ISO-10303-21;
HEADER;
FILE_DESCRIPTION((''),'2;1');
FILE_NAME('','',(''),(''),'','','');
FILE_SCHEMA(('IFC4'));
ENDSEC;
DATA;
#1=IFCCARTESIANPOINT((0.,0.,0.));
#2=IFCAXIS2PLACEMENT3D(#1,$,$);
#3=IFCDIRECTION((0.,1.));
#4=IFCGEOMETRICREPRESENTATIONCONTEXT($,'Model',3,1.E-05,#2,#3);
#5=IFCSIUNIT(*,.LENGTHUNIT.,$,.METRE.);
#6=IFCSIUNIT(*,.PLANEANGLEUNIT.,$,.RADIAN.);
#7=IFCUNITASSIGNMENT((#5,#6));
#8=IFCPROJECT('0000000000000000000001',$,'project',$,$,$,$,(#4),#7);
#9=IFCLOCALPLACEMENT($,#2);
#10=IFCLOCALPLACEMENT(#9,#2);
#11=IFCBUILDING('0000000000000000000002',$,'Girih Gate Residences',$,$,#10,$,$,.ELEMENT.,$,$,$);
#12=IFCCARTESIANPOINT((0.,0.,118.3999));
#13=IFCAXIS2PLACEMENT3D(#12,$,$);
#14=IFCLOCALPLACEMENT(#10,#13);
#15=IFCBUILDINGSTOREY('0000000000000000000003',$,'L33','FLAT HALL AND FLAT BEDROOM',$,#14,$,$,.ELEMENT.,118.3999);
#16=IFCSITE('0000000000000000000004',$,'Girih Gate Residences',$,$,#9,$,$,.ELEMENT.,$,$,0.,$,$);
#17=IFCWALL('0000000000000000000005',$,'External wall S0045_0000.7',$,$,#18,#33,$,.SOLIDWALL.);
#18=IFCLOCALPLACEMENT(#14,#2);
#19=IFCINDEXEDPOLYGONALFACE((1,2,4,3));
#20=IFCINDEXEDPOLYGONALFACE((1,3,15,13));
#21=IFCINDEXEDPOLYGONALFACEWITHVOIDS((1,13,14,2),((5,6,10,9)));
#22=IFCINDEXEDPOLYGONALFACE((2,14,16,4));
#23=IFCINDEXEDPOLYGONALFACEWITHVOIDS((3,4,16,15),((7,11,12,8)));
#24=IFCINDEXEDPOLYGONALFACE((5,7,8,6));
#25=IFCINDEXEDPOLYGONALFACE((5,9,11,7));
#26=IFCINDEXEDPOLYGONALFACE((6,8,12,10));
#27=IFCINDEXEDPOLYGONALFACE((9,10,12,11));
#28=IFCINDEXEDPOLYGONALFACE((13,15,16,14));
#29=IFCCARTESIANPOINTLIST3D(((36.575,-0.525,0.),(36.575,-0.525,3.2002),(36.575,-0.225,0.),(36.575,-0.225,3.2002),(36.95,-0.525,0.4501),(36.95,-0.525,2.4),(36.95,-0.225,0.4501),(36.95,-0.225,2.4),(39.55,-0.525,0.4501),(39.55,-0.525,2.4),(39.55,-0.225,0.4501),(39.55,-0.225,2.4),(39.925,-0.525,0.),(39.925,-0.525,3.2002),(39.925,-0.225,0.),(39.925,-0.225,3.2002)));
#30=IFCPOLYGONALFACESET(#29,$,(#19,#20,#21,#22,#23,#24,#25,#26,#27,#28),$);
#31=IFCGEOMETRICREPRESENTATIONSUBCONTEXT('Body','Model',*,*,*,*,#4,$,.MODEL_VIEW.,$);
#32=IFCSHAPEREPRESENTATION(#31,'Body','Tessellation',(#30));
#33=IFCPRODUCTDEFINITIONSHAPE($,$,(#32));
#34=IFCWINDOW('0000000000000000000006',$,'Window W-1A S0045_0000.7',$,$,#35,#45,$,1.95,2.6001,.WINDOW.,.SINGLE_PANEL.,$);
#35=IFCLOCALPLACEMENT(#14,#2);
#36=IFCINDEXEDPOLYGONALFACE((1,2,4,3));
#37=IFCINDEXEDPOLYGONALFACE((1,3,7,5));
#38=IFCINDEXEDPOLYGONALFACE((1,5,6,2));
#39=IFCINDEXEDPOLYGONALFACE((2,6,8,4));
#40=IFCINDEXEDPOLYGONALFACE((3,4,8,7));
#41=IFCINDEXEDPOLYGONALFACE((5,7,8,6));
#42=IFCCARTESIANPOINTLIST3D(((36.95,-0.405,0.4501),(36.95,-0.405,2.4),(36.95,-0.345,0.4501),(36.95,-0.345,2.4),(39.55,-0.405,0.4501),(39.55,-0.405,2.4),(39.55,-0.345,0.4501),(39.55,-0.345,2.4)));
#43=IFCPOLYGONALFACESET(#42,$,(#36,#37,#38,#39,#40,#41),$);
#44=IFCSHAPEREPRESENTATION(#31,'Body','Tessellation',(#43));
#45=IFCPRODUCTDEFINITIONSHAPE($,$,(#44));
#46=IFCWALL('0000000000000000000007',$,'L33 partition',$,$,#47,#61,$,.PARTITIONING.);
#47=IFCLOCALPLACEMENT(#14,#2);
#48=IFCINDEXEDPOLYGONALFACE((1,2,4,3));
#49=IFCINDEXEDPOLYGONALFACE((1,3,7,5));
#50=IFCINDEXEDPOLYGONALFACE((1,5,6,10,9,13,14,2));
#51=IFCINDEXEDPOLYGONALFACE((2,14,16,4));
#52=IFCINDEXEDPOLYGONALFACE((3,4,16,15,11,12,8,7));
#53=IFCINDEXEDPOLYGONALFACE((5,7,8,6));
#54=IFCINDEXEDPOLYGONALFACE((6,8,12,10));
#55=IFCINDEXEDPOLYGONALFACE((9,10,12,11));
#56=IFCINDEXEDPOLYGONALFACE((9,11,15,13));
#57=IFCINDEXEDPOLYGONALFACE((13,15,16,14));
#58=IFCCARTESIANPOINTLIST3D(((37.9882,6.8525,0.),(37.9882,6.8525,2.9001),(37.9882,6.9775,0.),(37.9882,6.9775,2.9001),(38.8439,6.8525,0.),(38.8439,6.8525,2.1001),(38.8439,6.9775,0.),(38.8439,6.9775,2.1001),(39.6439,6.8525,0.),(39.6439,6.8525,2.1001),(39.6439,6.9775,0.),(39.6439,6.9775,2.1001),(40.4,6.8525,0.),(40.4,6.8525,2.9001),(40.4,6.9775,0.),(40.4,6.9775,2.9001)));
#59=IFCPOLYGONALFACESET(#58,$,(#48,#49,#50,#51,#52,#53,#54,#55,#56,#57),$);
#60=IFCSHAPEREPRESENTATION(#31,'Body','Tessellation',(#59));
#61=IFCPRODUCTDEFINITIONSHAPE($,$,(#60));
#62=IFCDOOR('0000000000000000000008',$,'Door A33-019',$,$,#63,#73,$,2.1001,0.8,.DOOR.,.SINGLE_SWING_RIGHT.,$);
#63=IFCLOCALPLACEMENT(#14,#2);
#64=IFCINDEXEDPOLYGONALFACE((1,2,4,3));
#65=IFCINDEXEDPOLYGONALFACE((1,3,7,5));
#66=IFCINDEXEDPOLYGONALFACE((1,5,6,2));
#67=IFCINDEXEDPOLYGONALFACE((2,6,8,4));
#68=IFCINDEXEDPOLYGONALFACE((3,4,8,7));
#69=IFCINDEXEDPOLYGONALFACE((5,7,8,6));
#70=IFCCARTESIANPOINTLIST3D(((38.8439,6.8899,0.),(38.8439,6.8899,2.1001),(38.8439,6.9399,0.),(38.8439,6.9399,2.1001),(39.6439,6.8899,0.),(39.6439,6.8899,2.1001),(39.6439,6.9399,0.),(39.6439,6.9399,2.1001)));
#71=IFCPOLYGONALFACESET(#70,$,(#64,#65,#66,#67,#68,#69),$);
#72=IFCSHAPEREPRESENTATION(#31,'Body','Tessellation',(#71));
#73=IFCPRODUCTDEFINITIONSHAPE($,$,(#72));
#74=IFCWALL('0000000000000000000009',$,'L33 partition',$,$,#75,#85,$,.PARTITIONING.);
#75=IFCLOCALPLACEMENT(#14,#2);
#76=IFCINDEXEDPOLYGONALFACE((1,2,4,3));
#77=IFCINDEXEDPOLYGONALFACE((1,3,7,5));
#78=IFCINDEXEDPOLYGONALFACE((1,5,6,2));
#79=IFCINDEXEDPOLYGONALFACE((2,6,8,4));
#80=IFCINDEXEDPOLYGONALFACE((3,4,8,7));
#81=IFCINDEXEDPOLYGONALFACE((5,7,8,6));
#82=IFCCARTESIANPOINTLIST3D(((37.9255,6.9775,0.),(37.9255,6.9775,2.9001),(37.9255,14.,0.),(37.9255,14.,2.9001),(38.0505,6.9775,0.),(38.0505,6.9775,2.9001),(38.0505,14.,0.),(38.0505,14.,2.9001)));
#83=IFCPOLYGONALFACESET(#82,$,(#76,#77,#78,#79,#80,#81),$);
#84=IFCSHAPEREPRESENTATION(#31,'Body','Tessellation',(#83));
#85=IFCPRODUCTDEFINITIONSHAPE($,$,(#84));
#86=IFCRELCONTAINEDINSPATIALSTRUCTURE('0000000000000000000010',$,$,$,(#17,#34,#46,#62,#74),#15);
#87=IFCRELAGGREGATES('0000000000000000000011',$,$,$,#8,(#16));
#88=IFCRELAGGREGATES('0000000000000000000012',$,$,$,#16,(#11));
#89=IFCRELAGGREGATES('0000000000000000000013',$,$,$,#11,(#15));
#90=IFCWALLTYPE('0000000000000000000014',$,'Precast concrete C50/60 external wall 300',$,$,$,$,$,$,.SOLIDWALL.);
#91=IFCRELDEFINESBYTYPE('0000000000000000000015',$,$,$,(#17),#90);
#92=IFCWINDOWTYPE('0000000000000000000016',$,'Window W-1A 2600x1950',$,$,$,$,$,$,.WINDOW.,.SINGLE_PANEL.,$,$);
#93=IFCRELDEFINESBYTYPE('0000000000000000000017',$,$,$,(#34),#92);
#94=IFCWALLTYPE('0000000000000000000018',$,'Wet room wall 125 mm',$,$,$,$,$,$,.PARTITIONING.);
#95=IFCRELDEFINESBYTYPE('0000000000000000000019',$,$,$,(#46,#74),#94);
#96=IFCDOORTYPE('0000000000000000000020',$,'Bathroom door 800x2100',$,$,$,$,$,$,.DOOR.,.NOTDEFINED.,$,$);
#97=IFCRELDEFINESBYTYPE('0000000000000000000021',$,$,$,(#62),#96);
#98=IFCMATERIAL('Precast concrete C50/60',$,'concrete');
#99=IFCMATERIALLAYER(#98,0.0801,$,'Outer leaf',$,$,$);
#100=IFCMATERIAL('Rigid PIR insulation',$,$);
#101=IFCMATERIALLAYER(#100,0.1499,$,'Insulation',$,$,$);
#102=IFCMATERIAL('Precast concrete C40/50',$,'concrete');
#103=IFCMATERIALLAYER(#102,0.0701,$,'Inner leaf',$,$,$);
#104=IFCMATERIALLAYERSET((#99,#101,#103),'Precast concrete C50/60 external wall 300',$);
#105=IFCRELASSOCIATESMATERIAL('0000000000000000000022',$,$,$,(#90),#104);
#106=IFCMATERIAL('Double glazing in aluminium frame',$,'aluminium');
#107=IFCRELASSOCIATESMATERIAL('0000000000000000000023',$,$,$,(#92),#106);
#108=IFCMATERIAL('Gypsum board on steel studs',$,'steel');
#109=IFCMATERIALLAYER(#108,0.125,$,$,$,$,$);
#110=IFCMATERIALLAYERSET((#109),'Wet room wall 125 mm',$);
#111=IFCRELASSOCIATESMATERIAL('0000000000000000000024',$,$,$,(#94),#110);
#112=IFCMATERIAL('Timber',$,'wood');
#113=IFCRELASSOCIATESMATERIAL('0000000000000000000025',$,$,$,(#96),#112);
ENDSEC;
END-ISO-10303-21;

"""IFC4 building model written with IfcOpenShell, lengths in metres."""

from ifc_helpers import new_model, si_unit, direction, frame, frame_2d, origin, place, context, subcontext, project, spatial, rectangle, extrude, material, layer, layer_set, type_object, element, fill, save


model = new_model("IFC4")

# Units and contexts
model_context = context("Model", 3, precision=1e-05, world=origin(), true_north=direction((0.0, 1.0)))
body_context = subcontext(model_context, "Body", "Model", "MODEL_VIEW")
ifc_project = project(units=[si_unit("LENGTHUNIT", "METRE"), si_unit("PLANEANGLEUNIT", "RADIAN")], contexts=[model_context])

# Site, building, storey
site_placement = place(None, origin())
site = spatial("IfcSite", under=ifc_project, at=site_placement, Name="Girih Gate Residences", CompositionType="ELEMENT", RefElevation=0.0)
building_placement = place(site_placement, origin())
building = spatial("IfcBuilding", under=site, at=building_placement, Name="Girih Gate Residences", CompositionType="ELEMENT")
storey_placement = place(building_placement, frame((0.0, 0.0, 118.3999)))
storey = spatial("IfcBuildingStorey", under=building, at=storey_placement, Name="L33", Description="FLAT HALL AND FLAT BEDROOM", CompositionType="ELEMENT", Elevation=118.3999)

# Shared definitions
ifc_material_1 = material(Name="Gypsum board on steel studs", Category="steel")

# Shared definitions
ifc_material_2 = material(Name="Timber", Category="wood")

# Wall, opening, window
ifc_material_3 = material(Name="Precast concrete C50/60", Category="concrete")
ifc_layer_1 = layer(ifc_material_3, 0.0801, Name="Outer leaf")
ifc_material_4 = material(Name="Rigid PIR insulation")
ifc_layer_2 = layer(ifc_material_4, 0.1499, Name="Insulation")
ifc_material_5 = material(Name="Precast concrete C40/50", Category="concrete")
ifc_layer_3 = layer(ifc_material_5, 0.0701, Name="Inner leaf")
ifc_layer_set_1 = layer_set([ifc_layer_1, ifc_layer_2, ifc_layer_3], Name="Precast concrete C50/60 external wall 300")
wall_type_1 = type_object("IfcWallType", Name="Precast concrete C50/60 external wall 300", PredefinedType="SOLIDWALL", material=ifc_layer_set_1)
ifc_material_6 = material(Name="Double glazing in aluminium frame", Category="aluminium")
window_type = type_object("IfcWindowType", Name="Window W-1A 2600x1950", PartitioningType="SINGLE_PANEL", PredefinedType="WINDOW", material=ifc_material_6)
wall_1_placement = place(storey_placement, frame((39.925, -0.375, 0.0), z_axis=(0.0, 0.0, 1.0), x_axis=(-1.0, 0.0, 0.0)))
wall_1 = element("IfcWall", 1, at=wall_1_placement, inside=storey, type_object=wall_type_1, Name="External wall S0045_0000.7", PredefinedType="SOLIDWALL", context=body_context, shape_type="SweptSolid", body=[
    extrude(rectangle(XDim=3.3501, YDim=0.3, at=frame_2d((1.675, 0.0))), origin(), (0.0, 0.0, 1.0), 3.2002),
])
opening_1_placement = place(wall_1_placement, frame((0.375, 0.0, 0.45)))
opening_1 = element("IfcOpeningElement", 2, at=opening_1_placement, cuts=wall_1, PredefinedType="OPENING", context=body_context, shape_type="SweptSolid", body=[
    extrude(rectangle(XDim=2.6001, YDim=1.95, at=frame_2d((1.3, 0.9751))), frame((0.0, 0.1599, 0.0), z_axis=(0.0, -1.0, 0.0), x_axis=(1.0, 0.0, 0.0)), (0.0, 0.0, 1.0), 0.3201),
])
window_1_placement = place(opening_1_placement, origin())
window_1 = element("IfcWindow", 3, at=window_1_placement, inside=storey, type_object=window_type, Name="Window W-1A S0045_0000.7", OverallHeight=1.95, OverallWidth=2.6001, PartitioningType="SINGLE_PANEL", PredefinedType="WINDOW", context=body_context, shape_type="SweptSolid", body=[
    extrude(rectangle(XDim=2.6001, YDim=1.95, at=frame_2d((1.3, 0.9751))), frame((0.0, 0.03, 0.0), z_axis=(0.0, -1.0, 0.0), x_axis=(1.0, 0.0, 0.0)), (0.0, 0.0, 1.0), 0.0601),
])
fill(opening_1, window_1)

# Wall, opening, door
ifc_layer_4 = layer(ifc_material_1, 0.125)
ifc_layer_set_2 = layer_set([ifc_layer_4], Name="Wet room wall 125 mm")
wall_type_2 = type_object("IfcWallType", Name="Wet room wall 125 mm", PredefinedType="PARTITIONING", material=ifc_layer_set_2)
wall_2_placement = place(storey_placement, frame((37.988, 6.915, 0.0), z_axis=(0.0, 0.0, 1.0), x_axis=(1.0, 0.0, 0.0)))
wall_2 = element("IfcWall", 4, at=wall_2_placement, inside=storey, type_object=wall_type_2, Name="L33 partition", PredefinedType="PARTITIONING", context=body_context, shape_type="SweptSolid", body=[
    extrude(rectangle(XDim=2.4119, YDim=0.125, at=frame_2d((1.2061, 0.0))), origin(), (0.0, 0.0, 1.0), 2.9001),
])
opening_2_placement = place(wall_2_placement, frame((0.856, 0.0, 0.0)))
opening_2 = element("IfcOpeningElement", 5, at=opening_2_placement, cuts=wall_2, PredefinedType="OPENING", context=body_context, shape_type="SweptSolid", body=[
    extrude(rectangle(XDim=0.8, YDim=2.1001, at=frame_2d((0.3999, 1.05))), frame((0.0, 0.0725, 0.0), z_axis=(0.0, -1.0, 0.0), x_axis=(1.0, 0.0, 0.0)), (0.0, 0.0, 1.0), 0.145),
])
door_type_1 = type_object("IfcDoorType", Name="Bathroom door 800x2100", OperationType="NOTDEFINED", PredefinedType="DOOR", material=ifc_material_2)
door_1_placement = place(opening_2_placement, origin())
door_1 = element("IfcDoor", 6, at=door_1_placement, inside=storey, type_object=door_type_1, Name="Door A33-019", OperationType="SINGLE_SWING_RIGHT", OverallHeight=2.1001, OverallWidth=0.8, PredefinedType="DOOR", context=body_context, shape_type="SweptSolid", body=[
    extrude(rectangle(XDim=0.8, YDim=2.1001, at=frame_2d((0.3999, 1.05))), frame((0.0, 0.0249, 0.0), z_axis=(0.0, -1.0, 0.0), x_axis=(1.0, 0.0, 0.0)), (0.0, 0.0, 1.0), 0.05),
])
fill(opening_2, door_1)

# Wall
wall_3_placement = place(storey_placement, frame((37.988, 6.9775, 0.0), z_axis=(0.0, 0.0, 1.0), x_axis=(0.0, 1.0, 0.0)))
element("IfcWall", 7, at=wall_3_placement, inside=storey, type_object=wall_type_2, Name="L33 partition", PredefinedType="PARTITIONING", context=body_context, shape_type="SweptSolid", body=[
    extrude(rectangle(XDim=7.0225, YDim=0.125, at=frame_2d((3.5112, 0.0))), origin(), (0.0, 0.0, 1.0), 2.9001),
])

save(model, "model.ifc")
